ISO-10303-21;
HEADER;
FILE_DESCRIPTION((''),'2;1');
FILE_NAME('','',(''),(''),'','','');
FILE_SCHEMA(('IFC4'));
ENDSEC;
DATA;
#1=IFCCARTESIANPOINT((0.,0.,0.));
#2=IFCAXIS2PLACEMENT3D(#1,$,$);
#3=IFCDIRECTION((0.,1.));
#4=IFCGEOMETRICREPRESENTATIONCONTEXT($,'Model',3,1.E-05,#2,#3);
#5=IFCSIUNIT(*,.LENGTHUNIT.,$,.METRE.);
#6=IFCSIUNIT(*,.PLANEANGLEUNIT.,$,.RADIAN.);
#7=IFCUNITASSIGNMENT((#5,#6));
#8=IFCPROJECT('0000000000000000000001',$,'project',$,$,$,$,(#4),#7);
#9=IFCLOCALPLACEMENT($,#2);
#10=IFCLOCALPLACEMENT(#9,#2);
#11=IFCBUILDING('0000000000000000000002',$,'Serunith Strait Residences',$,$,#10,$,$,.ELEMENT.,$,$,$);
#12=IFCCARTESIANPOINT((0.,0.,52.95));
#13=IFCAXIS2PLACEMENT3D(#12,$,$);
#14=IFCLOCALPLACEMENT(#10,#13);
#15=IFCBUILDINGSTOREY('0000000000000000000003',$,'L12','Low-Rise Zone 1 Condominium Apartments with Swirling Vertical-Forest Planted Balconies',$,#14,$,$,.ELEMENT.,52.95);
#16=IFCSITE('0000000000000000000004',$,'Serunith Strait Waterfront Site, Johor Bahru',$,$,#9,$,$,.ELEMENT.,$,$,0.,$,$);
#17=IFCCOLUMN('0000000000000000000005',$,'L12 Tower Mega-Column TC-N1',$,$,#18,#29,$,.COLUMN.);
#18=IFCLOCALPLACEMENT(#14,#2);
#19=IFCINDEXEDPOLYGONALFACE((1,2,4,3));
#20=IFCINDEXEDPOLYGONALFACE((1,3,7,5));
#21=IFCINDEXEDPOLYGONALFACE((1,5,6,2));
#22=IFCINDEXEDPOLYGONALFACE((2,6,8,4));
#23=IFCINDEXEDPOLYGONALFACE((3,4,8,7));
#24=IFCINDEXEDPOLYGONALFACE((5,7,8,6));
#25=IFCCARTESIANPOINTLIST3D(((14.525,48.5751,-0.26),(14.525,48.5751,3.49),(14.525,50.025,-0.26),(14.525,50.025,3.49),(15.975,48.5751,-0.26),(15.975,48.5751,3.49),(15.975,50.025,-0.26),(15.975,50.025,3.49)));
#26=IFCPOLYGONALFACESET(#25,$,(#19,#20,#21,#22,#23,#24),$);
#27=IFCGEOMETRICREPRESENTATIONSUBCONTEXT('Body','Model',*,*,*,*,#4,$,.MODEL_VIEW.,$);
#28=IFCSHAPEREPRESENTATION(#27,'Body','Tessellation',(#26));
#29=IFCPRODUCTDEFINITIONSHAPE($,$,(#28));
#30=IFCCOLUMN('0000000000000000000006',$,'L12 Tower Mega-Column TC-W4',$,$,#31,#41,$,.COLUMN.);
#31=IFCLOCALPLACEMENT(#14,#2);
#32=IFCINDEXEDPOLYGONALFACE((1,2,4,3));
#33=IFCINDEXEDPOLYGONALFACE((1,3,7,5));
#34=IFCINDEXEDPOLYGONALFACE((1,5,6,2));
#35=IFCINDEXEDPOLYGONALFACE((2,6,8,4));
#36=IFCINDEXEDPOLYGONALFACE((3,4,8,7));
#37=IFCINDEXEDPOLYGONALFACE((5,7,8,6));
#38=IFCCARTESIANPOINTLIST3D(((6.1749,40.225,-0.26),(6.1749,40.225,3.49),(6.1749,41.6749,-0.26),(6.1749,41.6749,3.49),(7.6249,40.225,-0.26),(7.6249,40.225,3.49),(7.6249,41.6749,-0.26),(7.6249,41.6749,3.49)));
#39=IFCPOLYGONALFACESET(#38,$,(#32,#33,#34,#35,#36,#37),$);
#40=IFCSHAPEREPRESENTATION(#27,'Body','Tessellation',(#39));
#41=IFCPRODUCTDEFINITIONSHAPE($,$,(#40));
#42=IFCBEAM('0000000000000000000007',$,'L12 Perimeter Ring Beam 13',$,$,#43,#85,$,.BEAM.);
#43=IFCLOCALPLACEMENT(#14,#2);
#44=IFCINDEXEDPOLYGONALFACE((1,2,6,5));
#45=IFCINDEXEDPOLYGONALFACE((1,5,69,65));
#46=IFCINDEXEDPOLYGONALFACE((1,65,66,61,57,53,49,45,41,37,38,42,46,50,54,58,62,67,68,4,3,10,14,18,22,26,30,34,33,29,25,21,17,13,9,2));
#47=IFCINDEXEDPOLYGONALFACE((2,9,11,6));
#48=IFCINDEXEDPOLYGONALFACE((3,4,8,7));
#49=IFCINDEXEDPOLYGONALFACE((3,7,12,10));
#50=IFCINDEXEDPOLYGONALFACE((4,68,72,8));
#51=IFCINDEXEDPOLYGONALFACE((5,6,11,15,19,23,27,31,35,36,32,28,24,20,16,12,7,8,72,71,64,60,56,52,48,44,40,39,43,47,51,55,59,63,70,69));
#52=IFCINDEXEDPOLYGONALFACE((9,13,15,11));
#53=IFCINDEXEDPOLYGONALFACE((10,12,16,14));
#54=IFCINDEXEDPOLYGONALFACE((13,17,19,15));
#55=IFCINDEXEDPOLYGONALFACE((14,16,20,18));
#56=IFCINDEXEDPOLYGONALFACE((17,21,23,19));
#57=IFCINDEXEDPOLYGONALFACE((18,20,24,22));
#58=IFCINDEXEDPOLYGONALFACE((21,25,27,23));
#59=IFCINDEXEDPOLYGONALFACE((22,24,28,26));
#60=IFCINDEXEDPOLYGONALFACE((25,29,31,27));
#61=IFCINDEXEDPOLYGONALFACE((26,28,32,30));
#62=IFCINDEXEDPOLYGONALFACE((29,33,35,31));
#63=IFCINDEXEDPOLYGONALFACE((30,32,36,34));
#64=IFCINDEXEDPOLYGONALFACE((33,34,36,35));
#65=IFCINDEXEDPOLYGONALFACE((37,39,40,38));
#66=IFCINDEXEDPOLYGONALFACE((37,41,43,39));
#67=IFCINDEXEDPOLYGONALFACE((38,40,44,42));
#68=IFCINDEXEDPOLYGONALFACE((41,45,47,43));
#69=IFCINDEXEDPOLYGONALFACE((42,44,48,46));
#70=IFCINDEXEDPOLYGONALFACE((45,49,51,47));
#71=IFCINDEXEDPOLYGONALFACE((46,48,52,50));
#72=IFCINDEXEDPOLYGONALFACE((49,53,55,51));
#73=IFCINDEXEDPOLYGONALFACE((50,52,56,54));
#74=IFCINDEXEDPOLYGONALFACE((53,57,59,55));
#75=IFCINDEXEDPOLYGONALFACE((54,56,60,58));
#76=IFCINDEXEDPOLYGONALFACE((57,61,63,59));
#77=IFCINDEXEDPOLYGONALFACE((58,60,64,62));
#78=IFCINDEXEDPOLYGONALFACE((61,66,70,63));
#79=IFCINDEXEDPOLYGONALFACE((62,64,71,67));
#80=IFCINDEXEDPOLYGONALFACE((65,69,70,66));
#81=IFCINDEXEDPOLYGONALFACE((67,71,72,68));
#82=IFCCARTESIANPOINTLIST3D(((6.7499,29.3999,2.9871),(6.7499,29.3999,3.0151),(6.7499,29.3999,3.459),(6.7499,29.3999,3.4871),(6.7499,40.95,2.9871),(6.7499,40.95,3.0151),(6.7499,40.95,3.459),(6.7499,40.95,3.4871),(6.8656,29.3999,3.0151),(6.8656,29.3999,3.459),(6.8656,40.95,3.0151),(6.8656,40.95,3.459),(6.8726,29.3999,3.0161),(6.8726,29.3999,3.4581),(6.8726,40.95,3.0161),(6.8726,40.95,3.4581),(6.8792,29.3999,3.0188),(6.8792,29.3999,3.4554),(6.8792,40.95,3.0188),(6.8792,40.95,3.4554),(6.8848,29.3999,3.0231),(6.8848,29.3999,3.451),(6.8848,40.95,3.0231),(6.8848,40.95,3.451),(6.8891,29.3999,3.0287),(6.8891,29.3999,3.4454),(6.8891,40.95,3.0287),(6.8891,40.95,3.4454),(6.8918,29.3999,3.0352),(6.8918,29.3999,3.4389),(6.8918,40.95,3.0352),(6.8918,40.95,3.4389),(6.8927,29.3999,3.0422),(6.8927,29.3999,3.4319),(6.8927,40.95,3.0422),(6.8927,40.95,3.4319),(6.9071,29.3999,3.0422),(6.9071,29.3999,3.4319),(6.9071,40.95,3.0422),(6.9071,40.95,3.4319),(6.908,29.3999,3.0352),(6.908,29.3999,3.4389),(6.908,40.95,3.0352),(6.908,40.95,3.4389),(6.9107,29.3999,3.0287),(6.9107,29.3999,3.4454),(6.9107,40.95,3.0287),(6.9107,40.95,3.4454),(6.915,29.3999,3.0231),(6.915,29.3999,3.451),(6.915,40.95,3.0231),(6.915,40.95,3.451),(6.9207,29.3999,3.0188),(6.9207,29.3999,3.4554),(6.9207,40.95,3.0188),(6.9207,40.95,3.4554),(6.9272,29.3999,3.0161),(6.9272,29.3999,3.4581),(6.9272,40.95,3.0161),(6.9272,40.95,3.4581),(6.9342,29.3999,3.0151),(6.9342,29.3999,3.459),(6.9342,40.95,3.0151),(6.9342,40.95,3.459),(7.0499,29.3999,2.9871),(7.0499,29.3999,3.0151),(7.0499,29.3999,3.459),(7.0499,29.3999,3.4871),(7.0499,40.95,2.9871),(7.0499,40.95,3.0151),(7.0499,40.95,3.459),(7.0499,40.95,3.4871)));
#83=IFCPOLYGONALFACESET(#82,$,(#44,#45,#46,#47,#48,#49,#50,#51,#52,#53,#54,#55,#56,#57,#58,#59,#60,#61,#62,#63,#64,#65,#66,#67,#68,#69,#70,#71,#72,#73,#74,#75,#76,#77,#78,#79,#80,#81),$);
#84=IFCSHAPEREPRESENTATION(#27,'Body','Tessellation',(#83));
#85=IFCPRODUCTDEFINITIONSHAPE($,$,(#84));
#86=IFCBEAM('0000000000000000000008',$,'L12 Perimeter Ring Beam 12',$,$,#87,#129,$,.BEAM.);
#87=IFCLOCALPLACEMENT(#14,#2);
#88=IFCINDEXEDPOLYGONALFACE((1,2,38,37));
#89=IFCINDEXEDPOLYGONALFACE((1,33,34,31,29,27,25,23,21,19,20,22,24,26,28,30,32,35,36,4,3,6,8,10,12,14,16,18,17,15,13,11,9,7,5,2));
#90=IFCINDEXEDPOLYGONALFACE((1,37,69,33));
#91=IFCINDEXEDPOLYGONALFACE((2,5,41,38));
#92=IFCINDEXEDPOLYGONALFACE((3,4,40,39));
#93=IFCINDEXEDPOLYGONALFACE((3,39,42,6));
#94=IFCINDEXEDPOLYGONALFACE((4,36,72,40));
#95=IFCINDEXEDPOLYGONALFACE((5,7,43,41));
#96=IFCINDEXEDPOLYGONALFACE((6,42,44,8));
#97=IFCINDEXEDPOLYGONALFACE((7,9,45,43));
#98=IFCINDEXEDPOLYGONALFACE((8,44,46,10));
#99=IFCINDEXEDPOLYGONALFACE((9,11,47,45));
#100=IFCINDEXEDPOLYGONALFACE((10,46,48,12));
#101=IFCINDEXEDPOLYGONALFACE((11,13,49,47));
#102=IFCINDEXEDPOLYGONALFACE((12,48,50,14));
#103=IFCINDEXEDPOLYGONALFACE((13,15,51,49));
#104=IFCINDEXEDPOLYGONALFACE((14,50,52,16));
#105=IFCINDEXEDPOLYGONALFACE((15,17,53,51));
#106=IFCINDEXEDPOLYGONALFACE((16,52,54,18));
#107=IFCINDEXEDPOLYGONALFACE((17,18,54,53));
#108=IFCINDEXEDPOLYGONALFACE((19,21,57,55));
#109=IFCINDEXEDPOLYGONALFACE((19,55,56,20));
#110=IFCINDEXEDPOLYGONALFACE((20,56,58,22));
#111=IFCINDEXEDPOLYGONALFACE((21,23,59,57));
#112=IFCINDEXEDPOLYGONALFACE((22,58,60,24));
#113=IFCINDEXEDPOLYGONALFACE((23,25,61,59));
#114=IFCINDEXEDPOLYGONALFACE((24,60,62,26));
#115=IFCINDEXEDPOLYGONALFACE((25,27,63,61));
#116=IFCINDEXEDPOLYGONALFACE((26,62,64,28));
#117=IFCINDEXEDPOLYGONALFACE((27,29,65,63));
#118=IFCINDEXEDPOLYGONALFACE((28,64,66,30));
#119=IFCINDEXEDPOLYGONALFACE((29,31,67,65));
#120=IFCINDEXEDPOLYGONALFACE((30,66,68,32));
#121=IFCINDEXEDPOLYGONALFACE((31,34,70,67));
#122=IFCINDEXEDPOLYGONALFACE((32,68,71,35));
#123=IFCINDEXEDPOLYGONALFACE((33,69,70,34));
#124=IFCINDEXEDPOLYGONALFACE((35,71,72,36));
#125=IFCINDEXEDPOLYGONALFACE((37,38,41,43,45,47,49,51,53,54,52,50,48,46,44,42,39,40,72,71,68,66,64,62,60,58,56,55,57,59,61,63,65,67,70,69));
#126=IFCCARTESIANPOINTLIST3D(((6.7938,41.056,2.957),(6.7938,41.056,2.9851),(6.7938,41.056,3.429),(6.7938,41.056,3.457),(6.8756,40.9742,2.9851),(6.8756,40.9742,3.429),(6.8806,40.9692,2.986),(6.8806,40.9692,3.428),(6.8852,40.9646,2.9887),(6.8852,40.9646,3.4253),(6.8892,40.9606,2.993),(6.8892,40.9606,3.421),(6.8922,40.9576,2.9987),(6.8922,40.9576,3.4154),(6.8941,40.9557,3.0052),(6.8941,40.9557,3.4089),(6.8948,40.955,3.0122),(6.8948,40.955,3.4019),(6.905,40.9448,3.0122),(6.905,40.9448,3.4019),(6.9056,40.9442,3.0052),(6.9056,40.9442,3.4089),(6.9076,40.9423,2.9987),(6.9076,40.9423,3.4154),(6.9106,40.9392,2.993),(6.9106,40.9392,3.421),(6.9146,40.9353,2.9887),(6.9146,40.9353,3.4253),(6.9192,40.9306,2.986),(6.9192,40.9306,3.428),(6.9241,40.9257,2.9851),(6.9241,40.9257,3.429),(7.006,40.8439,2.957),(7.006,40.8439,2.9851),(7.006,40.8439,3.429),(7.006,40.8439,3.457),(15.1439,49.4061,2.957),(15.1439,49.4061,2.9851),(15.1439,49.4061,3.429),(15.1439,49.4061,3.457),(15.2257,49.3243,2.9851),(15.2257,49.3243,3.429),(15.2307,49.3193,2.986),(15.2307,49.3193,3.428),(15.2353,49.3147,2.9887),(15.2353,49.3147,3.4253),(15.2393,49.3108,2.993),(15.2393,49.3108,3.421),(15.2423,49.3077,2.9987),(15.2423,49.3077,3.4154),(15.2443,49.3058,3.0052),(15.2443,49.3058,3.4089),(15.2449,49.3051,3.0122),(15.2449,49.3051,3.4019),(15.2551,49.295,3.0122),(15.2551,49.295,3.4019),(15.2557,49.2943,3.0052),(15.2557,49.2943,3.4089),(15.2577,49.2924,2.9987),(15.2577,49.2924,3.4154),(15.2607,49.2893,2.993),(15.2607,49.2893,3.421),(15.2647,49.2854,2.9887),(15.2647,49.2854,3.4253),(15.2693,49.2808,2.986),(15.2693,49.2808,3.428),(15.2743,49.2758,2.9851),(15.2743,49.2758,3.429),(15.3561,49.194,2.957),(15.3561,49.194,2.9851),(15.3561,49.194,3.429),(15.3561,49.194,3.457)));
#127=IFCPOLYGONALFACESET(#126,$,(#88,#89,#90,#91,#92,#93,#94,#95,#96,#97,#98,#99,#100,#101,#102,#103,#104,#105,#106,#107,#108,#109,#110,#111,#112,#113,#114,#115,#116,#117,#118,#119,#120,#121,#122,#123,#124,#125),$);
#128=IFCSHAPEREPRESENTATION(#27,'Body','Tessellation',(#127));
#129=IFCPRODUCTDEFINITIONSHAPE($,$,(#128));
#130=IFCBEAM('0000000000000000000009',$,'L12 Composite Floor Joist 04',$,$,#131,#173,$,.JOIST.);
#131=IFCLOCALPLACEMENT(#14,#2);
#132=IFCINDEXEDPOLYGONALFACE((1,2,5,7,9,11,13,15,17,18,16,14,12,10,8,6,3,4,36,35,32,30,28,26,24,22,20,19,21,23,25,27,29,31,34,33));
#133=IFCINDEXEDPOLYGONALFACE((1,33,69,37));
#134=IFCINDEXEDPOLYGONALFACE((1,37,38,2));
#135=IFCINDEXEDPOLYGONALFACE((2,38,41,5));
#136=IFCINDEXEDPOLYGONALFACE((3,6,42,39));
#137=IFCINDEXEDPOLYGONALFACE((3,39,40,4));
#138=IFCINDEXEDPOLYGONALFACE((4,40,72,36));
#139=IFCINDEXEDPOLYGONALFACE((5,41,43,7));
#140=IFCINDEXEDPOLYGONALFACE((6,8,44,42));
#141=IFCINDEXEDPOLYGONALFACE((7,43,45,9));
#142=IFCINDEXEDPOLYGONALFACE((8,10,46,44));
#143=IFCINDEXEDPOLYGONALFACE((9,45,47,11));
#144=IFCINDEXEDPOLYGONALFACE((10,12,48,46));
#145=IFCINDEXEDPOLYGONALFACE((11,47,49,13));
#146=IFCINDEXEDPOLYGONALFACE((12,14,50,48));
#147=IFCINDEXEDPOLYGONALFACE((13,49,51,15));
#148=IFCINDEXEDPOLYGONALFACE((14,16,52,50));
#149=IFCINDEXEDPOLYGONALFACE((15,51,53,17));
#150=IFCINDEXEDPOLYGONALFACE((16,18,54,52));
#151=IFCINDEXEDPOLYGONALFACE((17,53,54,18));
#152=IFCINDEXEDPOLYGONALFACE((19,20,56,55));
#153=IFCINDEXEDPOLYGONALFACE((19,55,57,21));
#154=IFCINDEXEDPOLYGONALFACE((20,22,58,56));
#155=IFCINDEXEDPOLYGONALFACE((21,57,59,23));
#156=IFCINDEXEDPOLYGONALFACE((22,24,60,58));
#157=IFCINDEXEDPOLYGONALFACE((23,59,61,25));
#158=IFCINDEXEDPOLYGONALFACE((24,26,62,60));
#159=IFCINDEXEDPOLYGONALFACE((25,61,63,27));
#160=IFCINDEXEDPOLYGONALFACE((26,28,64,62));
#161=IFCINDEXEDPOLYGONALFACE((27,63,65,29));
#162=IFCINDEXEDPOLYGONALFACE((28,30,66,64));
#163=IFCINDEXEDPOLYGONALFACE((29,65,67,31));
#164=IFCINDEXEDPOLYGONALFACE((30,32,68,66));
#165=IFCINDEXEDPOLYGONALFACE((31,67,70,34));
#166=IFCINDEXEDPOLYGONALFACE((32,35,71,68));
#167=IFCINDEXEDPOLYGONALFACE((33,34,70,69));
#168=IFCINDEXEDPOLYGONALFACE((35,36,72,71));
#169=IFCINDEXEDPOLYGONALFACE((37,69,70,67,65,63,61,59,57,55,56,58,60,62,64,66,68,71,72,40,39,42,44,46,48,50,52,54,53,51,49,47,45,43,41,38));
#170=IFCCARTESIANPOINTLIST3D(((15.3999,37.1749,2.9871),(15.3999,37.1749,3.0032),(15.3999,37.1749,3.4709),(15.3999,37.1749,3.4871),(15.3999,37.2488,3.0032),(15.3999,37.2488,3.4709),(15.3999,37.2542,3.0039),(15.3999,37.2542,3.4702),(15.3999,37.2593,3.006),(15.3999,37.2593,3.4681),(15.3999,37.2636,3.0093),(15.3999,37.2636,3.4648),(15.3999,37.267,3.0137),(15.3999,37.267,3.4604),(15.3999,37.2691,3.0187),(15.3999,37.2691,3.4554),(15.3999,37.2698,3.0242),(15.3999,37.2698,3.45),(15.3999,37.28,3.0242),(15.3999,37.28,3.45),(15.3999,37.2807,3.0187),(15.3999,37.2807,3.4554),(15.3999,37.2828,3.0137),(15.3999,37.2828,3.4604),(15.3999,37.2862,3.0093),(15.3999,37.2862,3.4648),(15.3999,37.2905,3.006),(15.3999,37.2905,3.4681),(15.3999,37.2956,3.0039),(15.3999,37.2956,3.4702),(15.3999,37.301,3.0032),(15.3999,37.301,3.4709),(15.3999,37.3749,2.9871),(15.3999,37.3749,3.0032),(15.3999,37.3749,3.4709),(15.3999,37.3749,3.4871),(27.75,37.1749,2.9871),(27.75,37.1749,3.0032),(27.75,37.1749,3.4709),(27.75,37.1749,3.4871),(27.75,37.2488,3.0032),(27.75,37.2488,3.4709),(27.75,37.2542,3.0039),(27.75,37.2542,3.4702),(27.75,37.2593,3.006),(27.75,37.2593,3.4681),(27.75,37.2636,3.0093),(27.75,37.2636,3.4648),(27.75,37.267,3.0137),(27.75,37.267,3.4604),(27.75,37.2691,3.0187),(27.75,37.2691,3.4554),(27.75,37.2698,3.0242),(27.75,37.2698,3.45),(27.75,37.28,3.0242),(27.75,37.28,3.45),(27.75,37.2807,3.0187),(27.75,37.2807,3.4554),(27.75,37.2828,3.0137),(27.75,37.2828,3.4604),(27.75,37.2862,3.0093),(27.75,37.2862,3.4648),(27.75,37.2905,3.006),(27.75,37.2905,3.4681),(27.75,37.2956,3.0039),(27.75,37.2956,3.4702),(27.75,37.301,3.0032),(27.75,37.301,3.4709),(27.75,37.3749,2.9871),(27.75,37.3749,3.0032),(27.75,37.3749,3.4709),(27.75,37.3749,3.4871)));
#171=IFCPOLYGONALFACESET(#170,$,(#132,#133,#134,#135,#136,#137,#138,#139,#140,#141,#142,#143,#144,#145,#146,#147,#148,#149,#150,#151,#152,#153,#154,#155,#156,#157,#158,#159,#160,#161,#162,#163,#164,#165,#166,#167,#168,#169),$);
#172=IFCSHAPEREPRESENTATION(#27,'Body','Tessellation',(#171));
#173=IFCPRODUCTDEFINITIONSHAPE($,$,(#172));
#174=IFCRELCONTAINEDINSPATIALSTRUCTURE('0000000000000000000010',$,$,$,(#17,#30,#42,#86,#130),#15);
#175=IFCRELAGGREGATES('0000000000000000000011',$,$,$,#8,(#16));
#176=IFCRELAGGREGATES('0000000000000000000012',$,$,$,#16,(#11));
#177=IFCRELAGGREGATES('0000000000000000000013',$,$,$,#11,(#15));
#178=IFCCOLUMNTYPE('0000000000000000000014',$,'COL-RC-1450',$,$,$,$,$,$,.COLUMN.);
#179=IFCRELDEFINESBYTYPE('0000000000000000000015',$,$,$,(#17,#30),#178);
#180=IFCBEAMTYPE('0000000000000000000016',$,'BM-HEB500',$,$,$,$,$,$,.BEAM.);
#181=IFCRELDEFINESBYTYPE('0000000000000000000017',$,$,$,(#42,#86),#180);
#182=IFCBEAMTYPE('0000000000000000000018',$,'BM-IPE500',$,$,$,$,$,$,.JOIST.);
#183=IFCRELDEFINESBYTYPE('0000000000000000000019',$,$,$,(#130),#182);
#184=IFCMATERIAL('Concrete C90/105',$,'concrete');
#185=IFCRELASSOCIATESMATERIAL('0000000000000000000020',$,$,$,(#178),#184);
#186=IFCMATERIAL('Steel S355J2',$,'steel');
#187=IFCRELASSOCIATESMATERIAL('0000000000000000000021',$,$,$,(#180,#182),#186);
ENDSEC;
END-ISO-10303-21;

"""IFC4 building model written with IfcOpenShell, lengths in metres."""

from ifc_helpers import new_model, si_unit, direction, frame, origin, origin_2d, place, context, subcontext, project, spatial, rectangle, i_section, extrude, source, transform, mapped, material, material_profile, profile_set, type_object, element, save


model = new_model("IFC4")

# Units and contexts
model_context = context("Model", 3, precision=1e-05, world=origin(), true_north=direction((0.0, 1.0)))
body_context = subcontext(model_context, "Body", "Model", "MODEL_VIEW")
ifc_project = project(units=[si_unit("LENGTHUNIT", "METRE"), si_unit("PLANEANGLEUNIT", "RADIAN")], contexts=[model_context])

# Site, building, storey
site_placement = place(None, origin())
site = spatial("IfcSite", under=ifc_project, at=site_placement, Name="Serunith Strait Waterfront Site, Johor Bahru", CompositionType="ELEMENT", RefElevation=0.0)
building_placement = place(site_placement, origin())
building = spatial("IfcBuilding", under=site, at=building_placement, Name="Serunith Strait Residences", CompositionType="ELEMENT")
storey_placement = place(building_placement, frame((0.0, 0.0, 52.95)))
storey = spatial("IfcBuildingStorey", under=building, at=storey_placement, Name="L12", Description="Low-Rise Zone 1 Condominium Apartments with Swirling Vertical-Forest Planted Balconies", CompositionType="ELEMENT", Elevation=52.95)

# Columns
ifc_material_1 = material(Name="Concrete C90/105", Category="concrete")
ifc_material_profile_1 = material_profile(ifc_material_1, rectangle(XDim=1.45, YDim=1.45, at=origin_2d()), Name="RC 1450x1450")
ifc_profile_set_1 = profile_set([ifc_material_profile_1], Name="Concrete C90/105")
column_type = type_object("IfcColumnType", Name="COL-RC-1450", PredefinedType="COLUMN", material=ifc_profile_set_1)
shared_shape_1 = source(origin(), body_context, "Body", "SweptSolid", [
    extrude(rectangle(XDim=1.45, YDim=1.45, at=origin_2d()), origin(), (0.0, 0.0, 1.0), 3.75),
])
for number, where, z_axis, x_axis, name in (
    (1, (15.25, 49.3, -0.26), (0.0, 0.0, 1.0), (1.0, 0.0, 0.0), "L12 Tower Mega-Column TC-N1"),
    (2, (6.8999, 40.95, -0.26), (0.0, 0.0, 1.0), (1.0, 0.0, 0.0), "L12 Tower Mega-Column TC-W4"),
):
    element("IfcColumn", number, at=place(storey_placement, frame(where, z_axis=z_axis, x_axis=x_axis)), inside=storey, type_object=column_type, Name=name, PredefinedType="COLUMN", context=body_context, shape_type="MappedRepresentation", body=[
        mapped(shared_shape_1, transform((0.0, 0.0, 0.0), scale=1.0)),
    ])

# Beams
ifc_material_2 = material(Name="Steel S355J2", Category="steel")
ifc_material_profile_2 = material_profile(ifc_material_2, i_section(OverallWidth=0.3, OverallDepth=0.5, WebThickness=0.0144, FlangeThickness=0.0281, FilletRadius=0.0271, at=origin_2d()), Name="HEB 500")
ifc_profile_set_2 = profile_set([ifc_material_profile_2], Name="Steel S355J2")
beam_type_1 = type_object("IfcBeamType", Name="BM-HEB500", PredefinedType="BEAM", material=ifc_profile_set_2)
shared_shape_2 = source(origin(), body_context, "Body", "SweptSolid", [
    extrude(i_section(OverallWidth=0.3, OverallDepth=0.5, WebThickness=0.0144, FlangeThickness=0.0281, FilletRadius=0.0271, at=origin_2d()), origin(), (0.0, 0.0, 1.0), 11.55),
])
beam_1_placement = place(storey_placement, frame((6.8999, 40.95, 3.2371), z_axis=(0.0, -1.0, 0.0), x_axis=(1.0, 0.0, 0.0)))
element("IfcBeam", 3, at=beam_1_placement, inside=storey, type_object=beam_type_1, Name="L12 Perimeter Ring Beam 13", PredefinedType="BEAM", context=body_context, shape_type="MappedRepresentation", body=[
    mapped(shared_shape_2, transform((0.0, 0.0, 0.0), scale=1.0)),
])
shared_shape_3 = source(origin(), body_context, "Body", "SweptSolid", [
    extrude(i_section(OverallWidth=0.3, OverallDepth=0.5, WebThickness=0.0144, FlangeThickness=0.0281, FilletRadius=0.0271, at=origin_2d()), origin(), (0.0, 0.0, 1.0), 11.8088),
])
beam_2_placement = place(storey_placement, frame((15.25, 49.3, 3.207), z_axis=(-0.707107, -0.707107, 0.0), x_axis=(0.707107, -0.707107, 0.0)))
element("IfcBeam", 4, at=beam_2_placement, inside=storey, type_object=beam_type_1, Name="L12 Perimeter Ring Beam 12", PredefinedType="BEAM", context=body_context, shape_type="MappedRepresentation", body=[
    mapped(shared_shape_3, transform((0.0, 0.0, 0.0), scale=1.0)),
])
ifc_material_profile_3 = material_profile(ifc_material_2, i_section(OverallWidth=0.2, OverallDepth=0.5, WebThickness=0.0103, FlangeThickness=0.0161, FilletRadius=0.021, at=origin_2d()), Name="IPE 500")
ifc_profile_set_3 = profile_set([ifc_material_profile_3], Name="Steel S355J2")
beam_type_2 = type_object("IfcBeamType", Name="BM-IPE500", PredefinedType="JOIST", material=ifc_profile_set_3)
shared_shape_4 = source(origin(), body_context, "Body", "SweptSolid", [
    extrude(i_section(OverallWidth=0.2, OverallDepth=0.5, WebThickness=0.0103, FlangeThickness=0.0161, FilletRadius=0.021, at=origin_2d()), origin(), (0.0, 0.0, 1.0), 12.3501),
])
beam_3_placement = place(storey_placement, frame((15.3999, 37.2749, 3.2371), z_axis=(1.0, 0.0, 0.0), x_axis=(0.0, 1.0, 0.0)))
element("IfcBeam", 5, at=beam_3_placement, inside=storey, type_object=beam_type_2, Name="L12 Composite Floor Joist 04", PredefinedType="JOIST", context=body_context, shape_type="MappedRepresentation", body=[
    mapped(shared_shape_4, transform((0.0, 0.0, 0.0), scale=1.0)),
])

save(model, "model.ifc")
